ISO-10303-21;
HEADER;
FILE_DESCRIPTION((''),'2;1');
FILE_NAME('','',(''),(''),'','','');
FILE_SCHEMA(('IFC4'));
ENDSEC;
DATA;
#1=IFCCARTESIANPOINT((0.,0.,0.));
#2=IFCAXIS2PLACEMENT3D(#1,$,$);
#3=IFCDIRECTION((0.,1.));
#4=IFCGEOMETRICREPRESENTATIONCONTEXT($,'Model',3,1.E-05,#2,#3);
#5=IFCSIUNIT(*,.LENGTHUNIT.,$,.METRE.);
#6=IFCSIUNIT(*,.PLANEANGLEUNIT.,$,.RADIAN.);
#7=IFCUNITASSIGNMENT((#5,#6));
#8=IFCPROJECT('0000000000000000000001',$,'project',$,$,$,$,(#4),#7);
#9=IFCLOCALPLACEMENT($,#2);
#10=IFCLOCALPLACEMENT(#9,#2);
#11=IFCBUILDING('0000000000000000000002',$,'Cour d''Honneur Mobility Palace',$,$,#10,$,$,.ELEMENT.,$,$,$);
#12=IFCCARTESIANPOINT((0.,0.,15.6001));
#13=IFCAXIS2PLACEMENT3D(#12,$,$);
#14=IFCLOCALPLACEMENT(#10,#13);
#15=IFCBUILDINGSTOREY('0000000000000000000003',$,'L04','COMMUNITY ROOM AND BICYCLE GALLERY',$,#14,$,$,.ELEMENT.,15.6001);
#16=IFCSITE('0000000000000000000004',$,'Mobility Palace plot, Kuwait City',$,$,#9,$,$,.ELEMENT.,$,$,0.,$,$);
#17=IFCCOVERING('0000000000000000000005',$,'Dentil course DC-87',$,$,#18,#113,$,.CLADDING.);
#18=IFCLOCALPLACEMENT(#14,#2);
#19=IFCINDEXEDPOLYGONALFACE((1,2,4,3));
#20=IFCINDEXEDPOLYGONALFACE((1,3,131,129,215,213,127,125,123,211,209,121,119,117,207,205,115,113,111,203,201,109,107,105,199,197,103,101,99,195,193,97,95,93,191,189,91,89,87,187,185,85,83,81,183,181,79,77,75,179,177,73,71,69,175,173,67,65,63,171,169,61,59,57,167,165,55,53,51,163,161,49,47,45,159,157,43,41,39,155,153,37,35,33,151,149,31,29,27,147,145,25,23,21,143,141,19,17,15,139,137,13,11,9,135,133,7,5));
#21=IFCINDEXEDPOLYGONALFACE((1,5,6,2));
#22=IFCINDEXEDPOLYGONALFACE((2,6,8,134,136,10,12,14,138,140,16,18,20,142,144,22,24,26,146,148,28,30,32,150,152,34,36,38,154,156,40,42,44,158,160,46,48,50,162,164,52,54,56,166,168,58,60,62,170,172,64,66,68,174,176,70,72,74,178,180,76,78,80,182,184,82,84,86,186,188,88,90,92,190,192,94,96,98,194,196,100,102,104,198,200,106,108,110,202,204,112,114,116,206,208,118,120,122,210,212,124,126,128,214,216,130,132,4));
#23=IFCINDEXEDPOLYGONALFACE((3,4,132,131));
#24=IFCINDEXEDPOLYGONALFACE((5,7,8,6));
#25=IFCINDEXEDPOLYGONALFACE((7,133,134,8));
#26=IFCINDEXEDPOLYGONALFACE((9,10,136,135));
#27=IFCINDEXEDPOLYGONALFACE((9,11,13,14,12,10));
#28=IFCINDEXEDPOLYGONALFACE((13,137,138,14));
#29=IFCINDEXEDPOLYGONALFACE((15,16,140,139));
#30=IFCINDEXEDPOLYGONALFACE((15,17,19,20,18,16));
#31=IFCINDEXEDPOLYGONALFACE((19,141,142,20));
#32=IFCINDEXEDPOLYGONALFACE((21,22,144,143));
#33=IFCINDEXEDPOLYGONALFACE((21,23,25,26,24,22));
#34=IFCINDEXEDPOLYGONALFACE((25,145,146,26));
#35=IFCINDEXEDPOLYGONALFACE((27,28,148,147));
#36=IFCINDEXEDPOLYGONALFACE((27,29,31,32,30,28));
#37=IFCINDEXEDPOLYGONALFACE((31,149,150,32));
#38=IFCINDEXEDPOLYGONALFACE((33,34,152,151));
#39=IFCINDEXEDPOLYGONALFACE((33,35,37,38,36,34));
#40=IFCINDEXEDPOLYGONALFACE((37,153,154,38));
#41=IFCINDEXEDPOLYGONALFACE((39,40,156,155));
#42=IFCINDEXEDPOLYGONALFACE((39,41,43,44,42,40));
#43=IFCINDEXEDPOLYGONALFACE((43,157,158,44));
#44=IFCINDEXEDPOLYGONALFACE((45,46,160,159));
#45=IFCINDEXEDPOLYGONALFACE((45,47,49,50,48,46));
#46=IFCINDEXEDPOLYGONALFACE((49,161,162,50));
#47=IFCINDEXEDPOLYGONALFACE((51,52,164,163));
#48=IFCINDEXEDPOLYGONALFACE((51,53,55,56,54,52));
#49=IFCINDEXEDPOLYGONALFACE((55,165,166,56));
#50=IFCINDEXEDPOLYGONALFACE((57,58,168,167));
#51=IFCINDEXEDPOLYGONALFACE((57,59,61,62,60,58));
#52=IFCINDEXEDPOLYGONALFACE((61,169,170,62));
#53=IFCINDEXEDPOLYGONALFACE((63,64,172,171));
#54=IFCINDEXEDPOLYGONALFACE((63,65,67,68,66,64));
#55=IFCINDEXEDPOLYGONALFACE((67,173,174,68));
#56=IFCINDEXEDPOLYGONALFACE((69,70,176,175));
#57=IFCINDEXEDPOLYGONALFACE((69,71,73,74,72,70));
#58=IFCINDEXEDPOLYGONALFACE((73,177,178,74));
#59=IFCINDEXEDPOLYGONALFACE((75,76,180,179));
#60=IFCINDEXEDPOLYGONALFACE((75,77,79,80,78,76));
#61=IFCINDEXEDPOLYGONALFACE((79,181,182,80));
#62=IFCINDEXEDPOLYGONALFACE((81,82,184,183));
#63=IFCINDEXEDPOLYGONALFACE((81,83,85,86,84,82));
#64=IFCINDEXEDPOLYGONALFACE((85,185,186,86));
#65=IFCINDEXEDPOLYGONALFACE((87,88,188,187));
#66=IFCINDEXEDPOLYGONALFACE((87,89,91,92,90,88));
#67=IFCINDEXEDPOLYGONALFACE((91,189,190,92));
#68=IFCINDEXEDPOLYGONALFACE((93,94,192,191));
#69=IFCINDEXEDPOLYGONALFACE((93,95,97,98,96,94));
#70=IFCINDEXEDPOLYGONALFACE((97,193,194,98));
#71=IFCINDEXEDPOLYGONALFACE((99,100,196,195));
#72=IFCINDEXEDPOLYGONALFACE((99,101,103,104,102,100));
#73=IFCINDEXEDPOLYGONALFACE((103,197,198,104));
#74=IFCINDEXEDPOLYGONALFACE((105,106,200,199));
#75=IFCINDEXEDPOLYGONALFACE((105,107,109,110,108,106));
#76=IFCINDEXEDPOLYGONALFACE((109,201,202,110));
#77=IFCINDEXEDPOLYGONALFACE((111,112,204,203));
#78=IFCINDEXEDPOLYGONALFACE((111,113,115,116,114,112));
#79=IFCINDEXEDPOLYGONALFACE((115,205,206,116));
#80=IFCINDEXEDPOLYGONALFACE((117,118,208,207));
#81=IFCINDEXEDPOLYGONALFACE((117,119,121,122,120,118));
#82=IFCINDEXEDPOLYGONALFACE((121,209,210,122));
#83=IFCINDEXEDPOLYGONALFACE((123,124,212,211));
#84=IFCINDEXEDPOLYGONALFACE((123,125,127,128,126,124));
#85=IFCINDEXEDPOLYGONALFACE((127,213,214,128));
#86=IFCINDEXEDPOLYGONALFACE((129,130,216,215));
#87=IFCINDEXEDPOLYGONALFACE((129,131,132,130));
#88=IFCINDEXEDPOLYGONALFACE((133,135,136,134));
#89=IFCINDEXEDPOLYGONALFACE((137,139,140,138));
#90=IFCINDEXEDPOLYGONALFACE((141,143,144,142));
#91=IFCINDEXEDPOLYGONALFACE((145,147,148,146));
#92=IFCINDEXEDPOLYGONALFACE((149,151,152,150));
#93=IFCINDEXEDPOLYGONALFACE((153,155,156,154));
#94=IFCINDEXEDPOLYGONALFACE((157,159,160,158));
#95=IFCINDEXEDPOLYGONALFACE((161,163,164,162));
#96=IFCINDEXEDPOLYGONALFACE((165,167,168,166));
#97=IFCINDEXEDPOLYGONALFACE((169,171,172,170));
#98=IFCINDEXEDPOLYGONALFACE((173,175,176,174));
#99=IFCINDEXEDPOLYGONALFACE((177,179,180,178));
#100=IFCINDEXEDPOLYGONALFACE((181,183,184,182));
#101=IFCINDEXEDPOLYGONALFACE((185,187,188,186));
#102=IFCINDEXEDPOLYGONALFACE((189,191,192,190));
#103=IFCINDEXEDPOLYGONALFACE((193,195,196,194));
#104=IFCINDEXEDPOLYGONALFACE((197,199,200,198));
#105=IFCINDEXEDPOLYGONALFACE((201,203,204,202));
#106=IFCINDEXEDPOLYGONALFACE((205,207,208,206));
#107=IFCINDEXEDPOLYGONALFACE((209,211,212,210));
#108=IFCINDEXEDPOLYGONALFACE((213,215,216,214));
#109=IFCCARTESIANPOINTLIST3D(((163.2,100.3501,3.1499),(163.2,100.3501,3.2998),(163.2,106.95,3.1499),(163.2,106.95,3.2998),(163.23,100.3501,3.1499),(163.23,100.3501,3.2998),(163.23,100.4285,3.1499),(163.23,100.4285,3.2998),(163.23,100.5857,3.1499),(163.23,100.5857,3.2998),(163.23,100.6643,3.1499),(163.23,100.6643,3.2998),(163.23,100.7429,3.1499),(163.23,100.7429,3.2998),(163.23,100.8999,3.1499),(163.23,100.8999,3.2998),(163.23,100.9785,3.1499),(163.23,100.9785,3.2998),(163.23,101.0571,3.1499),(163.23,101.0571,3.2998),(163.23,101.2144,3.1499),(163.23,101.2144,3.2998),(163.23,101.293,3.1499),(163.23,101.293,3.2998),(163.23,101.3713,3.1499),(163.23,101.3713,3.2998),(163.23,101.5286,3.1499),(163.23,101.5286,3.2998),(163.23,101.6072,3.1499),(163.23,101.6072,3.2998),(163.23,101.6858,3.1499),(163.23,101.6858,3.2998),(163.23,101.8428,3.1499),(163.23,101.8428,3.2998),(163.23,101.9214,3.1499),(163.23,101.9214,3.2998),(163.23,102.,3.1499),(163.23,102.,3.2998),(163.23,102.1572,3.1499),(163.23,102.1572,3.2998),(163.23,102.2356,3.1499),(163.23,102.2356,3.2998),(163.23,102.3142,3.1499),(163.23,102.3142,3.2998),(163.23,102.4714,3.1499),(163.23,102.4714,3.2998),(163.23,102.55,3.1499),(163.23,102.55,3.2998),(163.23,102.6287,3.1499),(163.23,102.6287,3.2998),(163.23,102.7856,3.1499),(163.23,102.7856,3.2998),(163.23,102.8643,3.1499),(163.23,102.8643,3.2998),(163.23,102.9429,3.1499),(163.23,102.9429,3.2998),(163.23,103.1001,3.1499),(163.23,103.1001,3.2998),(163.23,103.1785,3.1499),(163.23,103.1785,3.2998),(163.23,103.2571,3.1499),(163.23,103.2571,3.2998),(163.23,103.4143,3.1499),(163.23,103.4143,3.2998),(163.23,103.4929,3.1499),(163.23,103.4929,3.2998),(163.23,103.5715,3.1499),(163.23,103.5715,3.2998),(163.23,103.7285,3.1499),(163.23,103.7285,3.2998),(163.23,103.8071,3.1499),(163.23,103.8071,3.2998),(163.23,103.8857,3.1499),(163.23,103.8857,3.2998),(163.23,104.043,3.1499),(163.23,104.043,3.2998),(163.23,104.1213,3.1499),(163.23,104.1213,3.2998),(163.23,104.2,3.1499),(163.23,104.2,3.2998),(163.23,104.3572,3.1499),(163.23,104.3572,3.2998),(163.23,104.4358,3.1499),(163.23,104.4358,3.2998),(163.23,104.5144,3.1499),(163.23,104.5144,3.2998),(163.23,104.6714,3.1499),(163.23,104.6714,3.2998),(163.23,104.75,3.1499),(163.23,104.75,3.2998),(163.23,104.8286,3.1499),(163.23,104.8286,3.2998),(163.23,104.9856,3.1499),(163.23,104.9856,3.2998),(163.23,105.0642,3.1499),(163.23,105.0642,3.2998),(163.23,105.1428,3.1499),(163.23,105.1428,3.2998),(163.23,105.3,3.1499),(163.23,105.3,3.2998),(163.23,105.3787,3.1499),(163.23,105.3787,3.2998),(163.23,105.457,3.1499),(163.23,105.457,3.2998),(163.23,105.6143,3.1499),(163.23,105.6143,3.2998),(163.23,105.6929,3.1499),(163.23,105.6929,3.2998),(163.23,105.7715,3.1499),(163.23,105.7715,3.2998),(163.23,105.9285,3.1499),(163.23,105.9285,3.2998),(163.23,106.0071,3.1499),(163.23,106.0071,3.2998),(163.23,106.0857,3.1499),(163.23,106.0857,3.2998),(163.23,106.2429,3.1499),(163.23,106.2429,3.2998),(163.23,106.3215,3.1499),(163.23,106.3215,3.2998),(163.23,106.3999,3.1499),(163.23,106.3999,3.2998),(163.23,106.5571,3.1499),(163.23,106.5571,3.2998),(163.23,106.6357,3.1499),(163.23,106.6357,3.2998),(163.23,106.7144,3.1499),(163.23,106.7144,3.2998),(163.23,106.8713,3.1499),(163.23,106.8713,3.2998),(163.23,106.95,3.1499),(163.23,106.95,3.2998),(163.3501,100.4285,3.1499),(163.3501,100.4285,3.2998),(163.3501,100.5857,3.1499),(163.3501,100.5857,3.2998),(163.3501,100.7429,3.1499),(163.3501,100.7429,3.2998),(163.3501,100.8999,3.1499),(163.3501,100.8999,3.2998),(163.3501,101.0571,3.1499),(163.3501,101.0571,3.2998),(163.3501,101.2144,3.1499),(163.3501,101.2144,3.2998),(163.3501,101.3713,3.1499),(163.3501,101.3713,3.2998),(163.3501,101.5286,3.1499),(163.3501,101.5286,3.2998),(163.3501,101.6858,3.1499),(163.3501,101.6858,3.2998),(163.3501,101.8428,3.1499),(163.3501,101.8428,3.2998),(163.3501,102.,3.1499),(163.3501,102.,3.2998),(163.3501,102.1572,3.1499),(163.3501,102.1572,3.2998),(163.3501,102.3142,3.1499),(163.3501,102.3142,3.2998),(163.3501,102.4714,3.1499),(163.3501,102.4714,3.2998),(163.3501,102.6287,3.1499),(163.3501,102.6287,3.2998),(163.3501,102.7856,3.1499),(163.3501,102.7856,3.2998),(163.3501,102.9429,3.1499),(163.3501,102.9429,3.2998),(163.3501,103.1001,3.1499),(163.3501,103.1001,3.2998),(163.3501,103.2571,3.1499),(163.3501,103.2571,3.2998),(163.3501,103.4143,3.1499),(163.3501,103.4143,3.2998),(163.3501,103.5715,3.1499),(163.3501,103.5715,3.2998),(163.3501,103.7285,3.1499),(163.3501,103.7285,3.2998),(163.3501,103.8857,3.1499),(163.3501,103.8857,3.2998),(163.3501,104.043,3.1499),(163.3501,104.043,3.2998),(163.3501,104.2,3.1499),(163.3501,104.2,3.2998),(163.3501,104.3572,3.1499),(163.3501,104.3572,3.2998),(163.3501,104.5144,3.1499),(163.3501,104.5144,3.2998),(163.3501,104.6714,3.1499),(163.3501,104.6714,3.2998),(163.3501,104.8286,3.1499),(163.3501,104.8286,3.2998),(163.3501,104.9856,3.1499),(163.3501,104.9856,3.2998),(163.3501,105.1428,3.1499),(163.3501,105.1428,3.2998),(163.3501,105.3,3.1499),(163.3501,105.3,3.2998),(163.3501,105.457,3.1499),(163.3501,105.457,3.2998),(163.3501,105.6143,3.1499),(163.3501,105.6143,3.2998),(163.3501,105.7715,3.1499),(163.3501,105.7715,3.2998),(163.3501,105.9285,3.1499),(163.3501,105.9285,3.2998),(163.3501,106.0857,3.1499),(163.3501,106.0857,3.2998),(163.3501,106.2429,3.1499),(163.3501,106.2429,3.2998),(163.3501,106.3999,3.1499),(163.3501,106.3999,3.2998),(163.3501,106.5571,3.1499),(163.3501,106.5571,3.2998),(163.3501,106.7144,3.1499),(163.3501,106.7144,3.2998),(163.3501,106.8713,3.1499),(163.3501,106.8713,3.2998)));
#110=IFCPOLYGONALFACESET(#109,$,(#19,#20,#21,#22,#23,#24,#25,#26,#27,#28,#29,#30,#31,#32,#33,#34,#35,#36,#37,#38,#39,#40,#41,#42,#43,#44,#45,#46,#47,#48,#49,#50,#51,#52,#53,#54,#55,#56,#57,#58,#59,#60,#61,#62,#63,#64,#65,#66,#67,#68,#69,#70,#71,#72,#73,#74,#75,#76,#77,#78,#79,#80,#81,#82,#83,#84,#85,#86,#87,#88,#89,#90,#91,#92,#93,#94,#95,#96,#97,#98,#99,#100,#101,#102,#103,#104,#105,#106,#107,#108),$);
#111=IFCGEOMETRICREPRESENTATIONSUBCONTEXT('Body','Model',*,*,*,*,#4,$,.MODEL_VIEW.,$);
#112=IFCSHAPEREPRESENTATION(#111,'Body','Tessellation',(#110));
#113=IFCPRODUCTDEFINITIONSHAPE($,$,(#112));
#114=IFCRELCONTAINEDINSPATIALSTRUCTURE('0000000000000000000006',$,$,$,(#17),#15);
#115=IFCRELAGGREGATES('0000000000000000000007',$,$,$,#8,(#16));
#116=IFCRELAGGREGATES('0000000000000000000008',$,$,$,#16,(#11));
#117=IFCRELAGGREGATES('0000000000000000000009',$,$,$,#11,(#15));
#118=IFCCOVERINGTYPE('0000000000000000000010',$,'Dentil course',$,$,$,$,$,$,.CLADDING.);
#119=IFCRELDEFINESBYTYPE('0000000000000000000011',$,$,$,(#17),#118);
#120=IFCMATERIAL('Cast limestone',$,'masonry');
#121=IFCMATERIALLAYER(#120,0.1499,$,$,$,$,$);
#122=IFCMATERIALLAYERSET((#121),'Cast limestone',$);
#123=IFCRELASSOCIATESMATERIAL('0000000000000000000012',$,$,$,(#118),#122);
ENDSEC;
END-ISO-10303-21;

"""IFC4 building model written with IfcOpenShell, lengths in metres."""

from ifc_helpers import new_model, si_unit, direction, frame, origin, place, context, subcontext, project, spatial, polyline, outline, extrude, material, layer, layer_set, type_object, element, save


model = new_model("IFC4")

# Units and contexts
model_context = context("Model", 3, precision=1e-05, world=origin(), true_north=direction((0.0, 1.0)))
body_context = subcontext(model_context, "Body", "Model", "MODEL_VIEW")
ifc_project = project(units=[si_unit("LENGTHUNIT", "METRE"), si_unit("PLANEANGLEUNIT", "RADIAN")], contexts=[model_context])

# Site, building, storey
site_placement = place(None, origin())
site = spatial("IfcSite", under=ifc_project, at=site_placement, Name="Mobility Palace plot, Kuwait City", CompositionType="ELEMENT", RefElevation=0.0)
building_placement = place(site_placement, origin())
building = spatial("IfcBuilding", under=site, at=building_placement, Name="Cour d'Honneur Mobility Palace", CompositionType="ELEMENT")
storey_placement = place(building_placement, frame((0.0, 0.0, 15.6001)))
storey = spatial("IfcBuildingStorey", under=building, at=storey_placement, Name="L04", Description="COMMUNITY ROOM AND BICYCLE GALLERY", CompositionType="ELEMENT", Elevation=15.6001)

# Covering
ifc_material = material(Name="Cast limestone", Category="masonry")
ifc_layer = layer(ifc_material, 0.1499)
ifc_layer_set = layer_set([ifc_layer], Name="Cast limestone")
covering_type = type_object("IfcCoveringType", Name="Dentil course", PredefinedType="CLADDING", material=ifc_layer_set)
covering_1_placement = place(storey_placement, frame((0.0, 0.0, 3.1499)))
element("IfcCovering", 1, at=covering_1_placement, inside=storey, type_object=covering_type, Name="Dentil course DC-87", PredefinedType="CLADDING", context=body_context, shape_type="SweptSolid", body=[
    extrude(outline(polyline([(163.2, 100.3501), (163.2, 106.95), (163.23, 106.95), (163.23, 106.95), (163.23, 106.8713), (163.3501, 106.8713), (163.3501, 106.7144), (163.23, 106.7144), (163.23, 106.6357), (163.23, 106.6357), (163.23, 106.5571), (163.3501, 106.5571), (163.3501, 106.3999), (163.23, 106.3999), (163.23, 106.3215), (163.23, 106.3215), (163.23, 106.2429), (163.3501, 106.2429), (163.3501, 106.0857), (163.23, 106.0857), (163.23, 106.0071), (163.23, 106.0071), (163.23, 105.9285), (163.3501, 105.9285), (163.3501, 105.7715), (163.23, 105.7715), (163.23, 105.6929), (163.23, 105.6929), (163.23, 105.6143), (163.3501, 105.6143), (163.3501, 105.457), (163.23, 105.457), (163.23, 105.3787), (163.23, 105.3787), (163.23, 105.3), (163.3501, 105.3), (163.3501, 105.1428), (163.23, 105.1428), (163.23, 105.0642), (163.23, 105.0642), (163.23, 104.9856), (163.3501, 104.9856), (163.3501, 104.8286), (163.23, 104.8286), (163.23, 104.75), (163.23, 104.75), (163.23, 104.6714), (163.3501, 104.6714), (163.3501, 104.5144), (163.23, 104.5144), (163.23, 104.4358), (163.23, 104.4358), (163.23, 104.3572), (163.3501, 104.3572), (163.3501, 104.2), (163.23, 104.2), (163.23, 104.1213), (163.23, 104.1213), (163.23, 104.043), (163.3501, 104.043), (163.3501, 103.8857), (163.23, 103.8857), (163.23, 103.8071), (163.23, 103.8071), (163.23, 103.7285), (163.3501, 103.7285), (163.3501, 103.5715), (163.23, 103.5715), (163.23, 103.4929), (163.23, 103.4929), (163.23, 103.4143), (163.3501, 103.4143), (163.3501, 103.2571), (163.23, 103.2571), (163.23, 103.1785), (163.23, 103.1785), (163.23, 103.1001), (163.3501, 103.1001), (163.3501, 102.9429), (163.23, 102.9429), (163.23, 102.8643), (163.23, 102.8643), (163.23, 102.7856), (163.3501, 102.7856), (163.3501, 102.6287), (163.23, 102.6287), (163.23, 102.55), (163.23, 102.55), (163.23, 102.4714), (163.3501, 102.4714), (163.3501, 102.3142), (163.23, 102.3142), (163.23, 102.2356), (163.23, 102.2356), (163.23, 102.1572), (163.3501, 102.1572), (163.3501, 102.0), (163.23, 102.0), (163.23, 101.9214), (163.23, 101.9214), (163.23, 101.8428), (163.3501, 101.8428), (163.3501, 101.6858), (163.23, 101.6858), (163.23, 101.6072), (163.23, 101.6072), (163.23, 101.5286), (163.3501, 101.5286), (163.3501, 101.3713), (163.23, 101.3713), (163.23, 101.293), (163.23, 101.293), (163.23, 101.2144), (163.3501, 101.2144), (163.3501, 101.0571), (163.23, 101.0571), (163.23, 100.9785), (163.23, 100.9785), (163.23, 100.8999), (163.3501, 100.8999), (163.3501, 100.7429), (163.23, 100.7429), (163.23, 100.6643), (163.23, 100.6643), (163.23, 100.5857), (163.3501, 100.5857), (163.3501, 100.4285), (163.23, 100.4285), (163.23, 100.3501), (163.2, 100.3501)])), origin(), (0.0, 0.0, 1.0), 0.1499),
])

save(model, "model.ifc")
